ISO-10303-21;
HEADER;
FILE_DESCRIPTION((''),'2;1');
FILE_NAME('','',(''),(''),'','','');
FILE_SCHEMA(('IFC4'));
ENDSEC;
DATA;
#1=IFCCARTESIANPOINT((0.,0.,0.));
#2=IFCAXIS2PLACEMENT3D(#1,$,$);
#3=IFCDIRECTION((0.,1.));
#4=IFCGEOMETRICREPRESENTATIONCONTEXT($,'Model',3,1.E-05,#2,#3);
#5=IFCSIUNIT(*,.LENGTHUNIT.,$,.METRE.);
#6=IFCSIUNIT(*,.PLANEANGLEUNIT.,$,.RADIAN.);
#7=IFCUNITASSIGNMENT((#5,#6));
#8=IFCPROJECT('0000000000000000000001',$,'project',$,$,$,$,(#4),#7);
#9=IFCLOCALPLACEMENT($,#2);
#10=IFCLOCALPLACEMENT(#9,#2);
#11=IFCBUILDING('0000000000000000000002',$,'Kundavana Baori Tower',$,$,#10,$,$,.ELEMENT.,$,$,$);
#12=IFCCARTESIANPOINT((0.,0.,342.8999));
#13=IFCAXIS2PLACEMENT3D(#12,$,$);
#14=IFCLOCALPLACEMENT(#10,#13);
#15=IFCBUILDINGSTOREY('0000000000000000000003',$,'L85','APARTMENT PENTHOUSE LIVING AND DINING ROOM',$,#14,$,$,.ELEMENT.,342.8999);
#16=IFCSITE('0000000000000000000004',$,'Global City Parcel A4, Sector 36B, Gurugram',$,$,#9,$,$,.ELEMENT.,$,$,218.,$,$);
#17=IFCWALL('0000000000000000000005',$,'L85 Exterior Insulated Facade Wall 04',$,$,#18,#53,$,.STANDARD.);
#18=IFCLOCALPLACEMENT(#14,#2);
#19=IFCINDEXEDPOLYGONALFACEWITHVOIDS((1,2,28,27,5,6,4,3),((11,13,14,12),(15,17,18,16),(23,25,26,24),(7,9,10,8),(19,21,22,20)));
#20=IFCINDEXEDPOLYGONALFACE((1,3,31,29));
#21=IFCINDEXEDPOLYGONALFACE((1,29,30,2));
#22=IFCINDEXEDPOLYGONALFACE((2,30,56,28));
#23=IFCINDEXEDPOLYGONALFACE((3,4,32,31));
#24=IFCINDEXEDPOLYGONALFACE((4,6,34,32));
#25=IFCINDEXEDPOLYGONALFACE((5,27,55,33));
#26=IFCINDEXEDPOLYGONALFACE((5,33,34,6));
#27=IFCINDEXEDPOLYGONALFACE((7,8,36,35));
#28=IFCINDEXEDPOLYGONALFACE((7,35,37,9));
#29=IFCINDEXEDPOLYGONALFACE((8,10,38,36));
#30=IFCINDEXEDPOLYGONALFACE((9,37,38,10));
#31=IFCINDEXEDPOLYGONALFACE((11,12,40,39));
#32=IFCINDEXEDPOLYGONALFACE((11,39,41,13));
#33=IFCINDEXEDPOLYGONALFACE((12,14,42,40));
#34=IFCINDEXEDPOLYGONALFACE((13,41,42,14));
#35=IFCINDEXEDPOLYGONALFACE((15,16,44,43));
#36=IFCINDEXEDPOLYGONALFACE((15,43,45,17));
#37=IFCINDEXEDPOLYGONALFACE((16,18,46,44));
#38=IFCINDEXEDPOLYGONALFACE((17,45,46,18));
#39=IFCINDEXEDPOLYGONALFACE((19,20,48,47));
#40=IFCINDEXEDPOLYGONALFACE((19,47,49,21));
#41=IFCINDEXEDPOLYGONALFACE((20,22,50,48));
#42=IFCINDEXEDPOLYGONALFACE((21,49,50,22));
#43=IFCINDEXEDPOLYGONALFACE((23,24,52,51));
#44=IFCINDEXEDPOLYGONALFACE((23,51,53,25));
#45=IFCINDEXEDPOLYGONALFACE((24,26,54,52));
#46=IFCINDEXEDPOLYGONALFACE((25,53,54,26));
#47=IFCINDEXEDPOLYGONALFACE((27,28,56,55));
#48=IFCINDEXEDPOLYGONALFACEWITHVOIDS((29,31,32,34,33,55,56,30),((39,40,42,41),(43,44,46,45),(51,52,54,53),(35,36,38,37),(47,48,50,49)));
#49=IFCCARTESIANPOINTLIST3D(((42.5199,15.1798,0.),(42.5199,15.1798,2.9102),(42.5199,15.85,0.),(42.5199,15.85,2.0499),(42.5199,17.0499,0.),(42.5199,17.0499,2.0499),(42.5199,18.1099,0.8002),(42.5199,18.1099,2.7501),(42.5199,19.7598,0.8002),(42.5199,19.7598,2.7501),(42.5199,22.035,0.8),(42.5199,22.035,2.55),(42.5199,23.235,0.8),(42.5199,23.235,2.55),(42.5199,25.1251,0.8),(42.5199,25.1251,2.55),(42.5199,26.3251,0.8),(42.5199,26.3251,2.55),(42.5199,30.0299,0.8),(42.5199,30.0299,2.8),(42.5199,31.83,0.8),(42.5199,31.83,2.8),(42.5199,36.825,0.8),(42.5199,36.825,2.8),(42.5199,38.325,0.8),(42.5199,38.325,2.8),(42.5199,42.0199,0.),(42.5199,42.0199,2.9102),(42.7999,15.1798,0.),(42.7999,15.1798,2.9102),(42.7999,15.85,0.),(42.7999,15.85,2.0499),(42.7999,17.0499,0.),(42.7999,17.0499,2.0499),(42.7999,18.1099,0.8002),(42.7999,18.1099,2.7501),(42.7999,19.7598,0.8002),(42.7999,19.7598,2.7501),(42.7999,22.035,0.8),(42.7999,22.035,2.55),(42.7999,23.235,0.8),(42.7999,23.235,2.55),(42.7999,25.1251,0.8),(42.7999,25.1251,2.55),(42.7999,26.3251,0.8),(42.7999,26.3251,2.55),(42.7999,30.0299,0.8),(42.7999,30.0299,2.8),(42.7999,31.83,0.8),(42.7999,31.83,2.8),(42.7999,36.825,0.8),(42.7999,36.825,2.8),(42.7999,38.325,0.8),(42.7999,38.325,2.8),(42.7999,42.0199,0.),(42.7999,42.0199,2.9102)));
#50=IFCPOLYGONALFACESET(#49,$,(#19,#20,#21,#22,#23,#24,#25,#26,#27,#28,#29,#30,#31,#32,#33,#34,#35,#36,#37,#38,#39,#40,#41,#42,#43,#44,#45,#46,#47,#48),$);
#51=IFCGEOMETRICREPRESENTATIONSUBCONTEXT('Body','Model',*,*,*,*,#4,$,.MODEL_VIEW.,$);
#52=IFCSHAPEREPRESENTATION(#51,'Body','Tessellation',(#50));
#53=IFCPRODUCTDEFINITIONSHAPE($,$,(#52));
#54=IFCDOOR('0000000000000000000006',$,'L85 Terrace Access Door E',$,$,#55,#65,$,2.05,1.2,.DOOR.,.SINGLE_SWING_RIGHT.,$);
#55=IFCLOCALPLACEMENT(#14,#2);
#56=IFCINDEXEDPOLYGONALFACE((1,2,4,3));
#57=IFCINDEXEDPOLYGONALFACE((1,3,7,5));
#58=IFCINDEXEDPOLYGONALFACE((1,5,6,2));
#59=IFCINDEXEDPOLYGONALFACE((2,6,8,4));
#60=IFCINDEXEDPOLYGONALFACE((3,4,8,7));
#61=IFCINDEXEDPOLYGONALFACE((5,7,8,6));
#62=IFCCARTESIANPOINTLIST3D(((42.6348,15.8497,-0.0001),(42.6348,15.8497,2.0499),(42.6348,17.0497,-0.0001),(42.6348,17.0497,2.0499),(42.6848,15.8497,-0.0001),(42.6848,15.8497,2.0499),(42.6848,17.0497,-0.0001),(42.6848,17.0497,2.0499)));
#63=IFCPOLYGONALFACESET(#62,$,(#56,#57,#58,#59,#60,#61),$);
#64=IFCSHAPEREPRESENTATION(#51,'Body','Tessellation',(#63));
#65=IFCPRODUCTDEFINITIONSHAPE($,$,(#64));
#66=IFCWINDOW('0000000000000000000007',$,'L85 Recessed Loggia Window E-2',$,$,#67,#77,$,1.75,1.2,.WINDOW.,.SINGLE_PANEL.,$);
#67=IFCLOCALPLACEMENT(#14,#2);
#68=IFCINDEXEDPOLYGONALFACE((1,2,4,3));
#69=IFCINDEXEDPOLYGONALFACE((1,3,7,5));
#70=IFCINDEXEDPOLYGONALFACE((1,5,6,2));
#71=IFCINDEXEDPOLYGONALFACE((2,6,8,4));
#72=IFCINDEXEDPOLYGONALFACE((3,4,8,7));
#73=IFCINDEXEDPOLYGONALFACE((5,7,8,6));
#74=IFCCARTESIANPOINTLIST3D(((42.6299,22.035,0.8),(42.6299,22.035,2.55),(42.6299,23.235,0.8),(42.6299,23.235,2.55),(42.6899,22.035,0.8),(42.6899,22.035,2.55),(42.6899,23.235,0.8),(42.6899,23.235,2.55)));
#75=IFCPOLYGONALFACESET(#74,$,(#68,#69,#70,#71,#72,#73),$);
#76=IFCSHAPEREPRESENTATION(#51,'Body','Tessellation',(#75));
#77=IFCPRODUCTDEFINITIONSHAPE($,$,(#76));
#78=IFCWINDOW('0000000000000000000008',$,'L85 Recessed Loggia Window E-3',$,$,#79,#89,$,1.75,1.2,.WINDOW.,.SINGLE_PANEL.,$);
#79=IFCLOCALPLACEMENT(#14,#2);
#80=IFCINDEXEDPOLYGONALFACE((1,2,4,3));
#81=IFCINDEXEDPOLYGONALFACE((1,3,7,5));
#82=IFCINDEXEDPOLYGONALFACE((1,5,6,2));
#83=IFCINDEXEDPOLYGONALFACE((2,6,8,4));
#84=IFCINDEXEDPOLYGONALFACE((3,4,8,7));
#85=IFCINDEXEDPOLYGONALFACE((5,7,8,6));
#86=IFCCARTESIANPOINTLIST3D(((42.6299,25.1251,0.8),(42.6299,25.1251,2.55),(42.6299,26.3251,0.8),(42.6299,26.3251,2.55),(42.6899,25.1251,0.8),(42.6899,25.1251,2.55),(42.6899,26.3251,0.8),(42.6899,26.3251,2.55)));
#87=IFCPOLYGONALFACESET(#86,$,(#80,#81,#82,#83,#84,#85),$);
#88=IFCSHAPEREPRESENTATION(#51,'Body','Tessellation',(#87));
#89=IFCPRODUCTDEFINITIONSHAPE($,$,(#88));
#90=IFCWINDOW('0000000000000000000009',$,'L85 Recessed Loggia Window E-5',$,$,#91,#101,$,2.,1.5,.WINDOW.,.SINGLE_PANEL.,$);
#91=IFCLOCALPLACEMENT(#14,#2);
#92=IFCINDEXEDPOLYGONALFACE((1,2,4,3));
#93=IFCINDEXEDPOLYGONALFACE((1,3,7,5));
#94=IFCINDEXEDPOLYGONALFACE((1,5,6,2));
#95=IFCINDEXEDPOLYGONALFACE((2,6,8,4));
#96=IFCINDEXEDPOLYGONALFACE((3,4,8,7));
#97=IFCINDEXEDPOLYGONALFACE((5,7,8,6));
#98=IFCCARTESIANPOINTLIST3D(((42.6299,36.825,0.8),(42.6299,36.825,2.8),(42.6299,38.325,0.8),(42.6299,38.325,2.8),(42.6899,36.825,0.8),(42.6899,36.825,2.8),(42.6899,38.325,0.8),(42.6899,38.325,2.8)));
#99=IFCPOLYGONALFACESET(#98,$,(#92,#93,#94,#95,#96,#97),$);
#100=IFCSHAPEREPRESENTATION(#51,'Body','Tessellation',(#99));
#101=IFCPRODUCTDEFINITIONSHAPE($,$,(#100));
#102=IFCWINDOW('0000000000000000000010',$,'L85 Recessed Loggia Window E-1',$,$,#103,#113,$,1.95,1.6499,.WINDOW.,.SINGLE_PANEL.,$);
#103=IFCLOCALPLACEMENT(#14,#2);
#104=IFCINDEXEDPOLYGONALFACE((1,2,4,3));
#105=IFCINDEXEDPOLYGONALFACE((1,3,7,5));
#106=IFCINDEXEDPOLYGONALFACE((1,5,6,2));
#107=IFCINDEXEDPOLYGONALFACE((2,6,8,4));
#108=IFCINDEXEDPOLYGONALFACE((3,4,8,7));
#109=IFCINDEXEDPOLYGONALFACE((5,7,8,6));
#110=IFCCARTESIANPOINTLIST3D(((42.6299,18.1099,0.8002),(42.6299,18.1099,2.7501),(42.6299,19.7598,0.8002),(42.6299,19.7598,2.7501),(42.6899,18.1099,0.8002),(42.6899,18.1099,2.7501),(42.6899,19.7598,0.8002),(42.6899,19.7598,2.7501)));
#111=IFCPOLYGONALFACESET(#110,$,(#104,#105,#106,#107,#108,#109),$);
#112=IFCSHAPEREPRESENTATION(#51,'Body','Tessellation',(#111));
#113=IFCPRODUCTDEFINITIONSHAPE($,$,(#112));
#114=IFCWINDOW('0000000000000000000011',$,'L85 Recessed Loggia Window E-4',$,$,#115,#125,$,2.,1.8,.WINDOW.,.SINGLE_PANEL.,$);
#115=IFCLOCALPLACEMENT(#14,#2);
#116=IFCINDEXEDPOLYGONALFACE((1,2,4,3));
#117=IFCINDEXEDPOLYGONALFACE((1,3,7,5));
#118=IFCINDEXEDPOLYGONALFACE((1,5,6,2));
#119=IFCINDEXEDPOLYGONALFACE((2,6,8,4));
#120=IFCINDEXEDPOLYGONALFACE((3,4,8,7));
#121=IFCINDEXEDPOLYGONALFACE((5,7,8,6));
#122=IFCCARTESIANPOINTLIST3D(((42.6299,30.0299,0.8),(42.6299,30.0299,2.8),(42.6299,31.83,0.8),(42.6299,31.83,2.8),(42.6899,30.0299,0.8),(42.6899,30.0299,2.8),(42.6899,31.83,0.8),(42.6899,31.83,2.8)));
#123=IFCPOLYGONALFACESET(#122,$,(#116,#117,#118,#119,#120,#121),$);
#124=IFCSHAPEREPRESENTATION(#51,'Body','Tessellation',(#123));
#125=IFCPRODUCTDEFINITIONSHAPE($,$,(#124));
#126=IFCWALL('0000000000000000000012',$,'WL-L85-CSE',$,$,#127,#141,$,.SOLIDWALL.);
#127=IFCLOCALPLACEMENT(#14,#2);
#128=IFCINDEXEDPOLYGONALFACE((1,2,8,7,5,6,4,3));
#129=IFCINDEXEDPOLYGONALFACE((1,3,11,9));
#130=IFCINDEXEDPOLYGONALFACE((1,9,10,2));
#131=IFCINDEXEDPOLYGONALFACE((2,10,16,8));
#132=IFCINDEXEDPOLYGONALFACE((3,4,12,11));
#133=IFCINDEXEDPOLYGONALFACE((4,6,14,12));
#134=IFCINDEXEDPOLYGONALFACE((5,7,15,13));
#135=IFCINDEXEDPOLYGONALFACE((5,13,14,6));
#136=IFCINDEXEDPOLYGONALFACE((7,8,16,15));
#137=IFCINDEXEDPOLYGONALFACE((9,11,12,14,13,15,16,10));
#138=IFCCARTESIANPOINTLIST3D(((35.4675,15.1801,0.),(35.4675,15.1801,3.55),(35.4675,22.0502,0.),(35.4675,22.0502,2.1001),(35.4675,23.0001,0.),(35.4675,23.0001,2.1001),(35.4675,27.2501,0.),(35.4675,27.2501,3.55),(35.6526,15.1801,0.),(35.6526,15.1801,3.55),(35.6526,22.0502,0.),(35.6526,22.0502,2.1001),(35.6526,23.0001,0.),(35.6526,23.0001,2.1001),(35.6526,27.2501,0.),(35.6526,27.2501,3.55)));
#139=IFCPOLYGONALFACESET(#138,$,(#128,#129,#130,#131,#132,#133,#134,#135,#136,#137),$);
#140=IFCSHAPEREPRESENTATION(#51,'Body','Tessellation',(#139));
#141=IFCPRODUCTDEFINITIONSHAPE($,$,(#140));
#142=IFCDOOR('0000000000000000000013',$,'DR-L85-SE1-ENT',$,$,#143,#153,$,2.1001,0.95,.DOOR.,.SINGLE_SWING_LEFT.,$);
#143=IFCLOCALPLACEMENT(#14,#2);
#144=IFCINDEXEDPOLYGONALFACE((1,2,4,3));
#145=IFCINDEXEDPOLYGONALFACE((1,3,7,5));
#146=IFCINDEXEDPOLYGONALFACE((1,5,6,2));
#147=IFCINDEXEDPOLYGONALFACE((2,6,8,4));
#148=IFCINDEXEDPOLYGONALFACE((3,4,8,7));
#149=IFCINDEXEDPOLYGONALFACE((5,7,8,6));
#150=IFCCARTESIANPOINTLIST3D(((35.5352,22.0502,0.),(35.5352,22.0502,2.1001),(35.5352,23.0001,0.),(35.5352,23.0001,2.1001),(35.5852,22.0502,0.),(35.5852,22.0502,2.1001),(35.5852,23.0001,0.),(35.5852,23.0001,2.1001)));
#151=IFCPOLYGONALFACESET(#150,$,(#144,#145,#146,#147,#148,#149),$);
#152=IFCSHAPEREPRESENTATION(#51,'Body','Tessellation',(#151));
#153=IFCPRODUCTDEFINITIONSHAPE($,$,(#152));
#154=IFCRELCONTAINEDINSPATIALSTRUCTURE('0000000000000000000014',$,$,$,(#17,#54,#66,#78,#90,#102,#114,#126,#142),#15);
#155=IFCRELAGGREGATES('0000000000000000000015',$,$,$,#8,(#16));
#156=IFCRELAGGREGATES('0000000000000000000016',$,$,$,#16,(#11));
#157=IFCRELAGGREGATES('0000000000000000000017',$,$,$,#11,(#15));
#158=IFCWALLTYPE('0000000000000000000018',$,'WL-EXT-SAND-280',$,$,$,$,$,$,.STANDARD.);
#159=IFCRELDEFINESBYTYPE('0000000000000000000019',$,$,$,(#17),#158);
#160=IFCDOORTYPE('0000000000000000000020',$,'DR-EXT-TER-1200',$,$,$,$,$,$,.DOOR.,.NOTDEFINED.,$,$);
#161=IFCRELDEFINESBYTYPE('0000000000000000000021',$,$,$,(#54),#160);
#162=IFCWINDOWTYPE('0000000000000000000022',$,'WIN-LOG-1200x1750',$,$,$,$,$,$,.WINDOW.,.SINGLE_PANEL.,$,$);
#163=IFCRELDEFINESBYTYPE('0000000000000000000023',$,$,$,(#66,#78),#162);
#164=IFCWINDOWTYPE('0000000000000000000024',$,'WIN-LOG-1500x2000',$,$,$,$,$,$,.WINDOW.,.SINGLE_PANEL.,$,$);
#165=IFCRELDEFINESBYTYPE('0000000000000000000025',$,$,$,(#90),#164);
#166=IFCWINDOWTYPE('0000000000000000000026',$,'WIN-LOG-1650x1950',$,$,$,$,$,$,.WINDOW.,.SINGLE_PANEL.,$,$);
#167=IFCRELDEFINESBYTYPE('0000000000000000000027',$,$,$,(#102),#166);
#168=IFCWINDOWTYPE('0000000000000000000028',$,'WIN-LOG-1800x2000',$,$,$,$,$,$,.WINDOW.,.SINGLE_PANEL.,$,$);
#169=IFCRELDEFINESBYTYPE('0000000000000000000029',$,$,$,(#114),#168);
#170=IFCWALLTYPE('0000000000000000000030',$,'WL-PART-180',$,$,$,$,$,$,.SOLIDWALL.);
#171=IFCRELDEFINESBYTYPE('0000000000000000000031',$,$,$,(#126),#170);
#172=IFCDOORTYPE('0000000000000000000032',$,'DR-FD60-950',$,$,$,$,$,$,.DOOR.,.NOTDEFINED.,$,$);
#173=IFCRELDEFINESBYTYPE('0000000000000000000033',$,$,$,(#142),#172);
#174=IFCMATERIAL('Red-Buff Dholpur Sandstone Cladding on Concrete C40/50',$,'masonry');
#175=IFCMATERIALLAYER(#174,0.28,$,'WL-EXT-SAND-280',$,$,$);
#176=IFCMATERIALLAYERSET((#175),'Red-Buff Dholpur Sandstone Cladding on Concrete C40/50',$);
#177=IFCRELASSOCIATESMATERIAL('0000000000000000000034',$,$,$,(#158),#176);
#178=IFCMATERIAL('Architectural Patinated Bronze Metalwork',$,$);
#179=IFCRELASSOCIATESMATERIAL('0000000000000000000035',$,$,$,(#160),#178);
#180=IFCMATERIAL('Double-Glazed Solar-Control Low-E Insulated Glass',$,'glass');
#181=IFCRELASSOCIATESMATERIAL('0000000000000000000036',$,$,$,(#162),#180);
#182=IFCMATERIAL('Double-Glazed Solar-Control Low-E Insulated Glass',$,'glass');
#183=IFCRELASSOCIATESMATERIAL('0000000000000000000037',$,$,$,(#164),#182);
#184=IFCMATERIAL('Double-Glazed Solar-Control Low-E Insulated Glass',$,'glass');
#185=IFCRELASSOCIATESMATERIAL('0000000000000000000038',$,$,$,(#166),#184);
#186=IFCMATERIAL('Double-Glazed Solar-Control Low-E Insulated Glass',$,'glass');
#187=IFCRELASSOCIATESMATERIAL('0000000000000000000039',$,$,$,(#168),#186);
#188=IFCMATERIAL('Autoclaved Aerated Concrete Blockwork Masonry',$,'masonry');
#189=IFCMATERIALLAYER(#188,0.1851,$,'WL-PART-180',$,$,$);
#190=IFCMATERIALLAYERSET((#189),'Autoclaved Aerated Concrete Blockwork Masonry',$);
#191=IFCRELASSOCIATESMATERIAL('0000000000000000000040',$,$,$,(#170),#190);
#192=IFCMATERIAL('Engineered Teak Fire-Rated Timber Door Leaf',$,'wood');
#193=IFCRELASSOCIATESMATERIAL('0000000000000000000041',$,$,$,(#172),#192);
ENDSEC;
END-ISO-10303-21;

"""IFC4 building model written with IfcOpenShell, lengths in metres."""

from ifc_helpers import new_model, si_unit, direction, frame, frame_2d, origin, place, context, subcontext, project, spatial, rectangle, extrude, material, layer, layer_set, type_object, element, fill, save


model = new_model("IFC4")

# Units and contexts
model_context = context("Model", 3, precision=1e-05, world=origin(), true_north=direction((0.0, 1.0)))
body_context = subcontext(model_context, "Body", "Model", "MODEL_VIEW")
ifc_project = project(units=[si_unit("LENGTHUNIT", "METRE"), si_unit("PLANEANGLEUNIT", "RADIAN")], contexts=[model_context])

# Site, building, storey
site_placement = place(None, origin())
site = spatial("IfcSite", under=ifc_project, at=site_placement, Name="Global City Parcel A4, Sector 36B, Gurugram", CompositionType="ELEMENT", RefElevation=218.0)
building_placement = place(site_placement, origin())
building = spatial("IfcBuilding", under=site, at=building_placement, Name="Kundavana Baori Tower", CompositionType="ELEMENT")
storey_placement = place(building_placement, frame((0.0, 0.0, 342.8999)))
storey = spatial("IfcBuildingStorey", under=building, at=storey_placement, Name="L85", Description="APARTMENT PENTHOUSE LIVING AND DINING ROOM", CompositionType="ELEMENT", Elevation=342.8999)

# Shared definitions
ifc_material_1 = material(Name="Red-Buff Dholpur Sandstone Cladding on Concrete C40/50", Category="masonry")
ifc_layer_1 = layer(ifc_material_1, 0.28, Name="WL-EXT-SAND-280")
ifc_layer_set_1 = layer_set([ifc_layer_1], Name="Red-Buff Dholpur Sandstone Cladding on Concrete C40/50")
wall_type_1 = type_object("IfcWallType", Name="WL-EXT-SAND-280", PredefinedType="STANDARD", material=ifc_layer_set_1)

# Wall, openings, door, windows
wall_1_placement = place(storey_placement, frame((42.6599, 15.1799, 0.0), z_axis=(0.0, 0.0, 1.0), x_axis=(0.0, 1.0, 0.0)))
wall_1 = element("IfcWall", 1, at=wall_1_placement, inside=storey, type_object=wall_type_1, Name="L85 Exterior Insulated Facade Wall 04", PredefinedType="STANDARD", context=body_context, shape_type="SweptSolid", body=[
    extrude(rectangle(XDim=26.8401, YDim=0.28, at=frame_2d((13.4199, 0.0))), origin(), (0.0, 0.0, 1.0), 2.9102),
])
opening_1_placement = place(wall_1_placement, frame((0.6699, 0.0, 0.0)))
opening_1 = element("IfcOpeningElement", 2, at=opening_1_placement, cuts=wall_1, PredefinedType="OPENING", context=body_context, shape_type="SweptSolid", body=[
    extrude(rectangle(XDim=1.2, YDim=2.05, at=frame_2d((0.6001, 1.0249))), frame((0.0, 0.1499, 0.0), z_axis=(0.0, -1.0, 0.0), x_axis=(1.0, 0.0, 0.0)), (0.0, 0.0, 1.0), 0.3),
])
opening_2_placement = place(wall_1_placement, frame((2.9299, 0.0, 0.8)))
opening_2 = element("IfcOpeningElement", 3, at=opening_2_placement, cuts=wall_1, PredefinedType="OPENING", context=body_context, shape_type="SweptSolid", body=[
    extrude(rectangle(XDim=1.6499, YDim=1.95, at=frame_2d((0.825, 0.9751))), frame((0.0, 0.1499, 0.0), z_axis=(0.0, -1.0, 0.0), x_axis=(1.0, 0.0, 0.0)), (0.0, 0.0, 1.0), 0.3),
])
opening_3_placement = place(wall_1_placement, frame((6.855, 0.0, 0.8)))
opening_3 = element("IfcOpeningElement", 4, at=opening_3_placement, cuts=wall_1, PredefinedType="OPENING", context=body_context, shape_type="SweptSolid", body=[
    extrude(rectangle(XDim=1.2, YDim=1.75, at=frame_2d((0.6001, 0.875))), frame((0.0, 0.1499, 0.0), z_axis=(0.0, -1.0, 0.0), x_axis=(1.0, 0.0, 0.0)), (0.0, 0.0, 1.0), 0.3),
])
opening_4_placement = place(wall_1_placement, frame((9.9451, 0.0, 0.8)))
opening_4 = element("IfcOpeningElement", 5, at=opening_4_placement, cuts=wall_1, PredefinedType="OPENING", context=body_context, shape_type="SweptSolid", body=[
    extrude(rectangle(XDim=1.2, YDim=1.75, at=frame_2d((0.6001, 0.875))), frame((0.0, 0.1499, 0.0), z_axis=(0.0, -1.0, 0.0), x_axis=(1.0, 0.0, 0.0)), (0.0, 0.0, 1.0), 0.3),
])
opening_5_placement = place(wall_1_placement, frame((14.8501, 0.0, 0.8)))
opening_5 = element("IfcOpeningElement", 6, at=opening_5_placement, cuts=wall_1, PredefinedType="OPENING", context=body_context, shape_type="SweptSolid", body=[
    extrude(rectangle(XDim=1.8, YDim=2.0, at=frame_2d((0.8999, 1.0))), frame((0.0, 0.1499, 0.0), z_axis=(0.0, -1.0, 0.0), x_axis=(1.0, 0.0, 0.0)), (0.0, 0.0, 1.0), 0.3),
])
opening_6_placement = place(wall_1_placement, frame((21.645, 0.0, 0.8)))
opening_6 = element("IfcOpeningElement", 7, at=opening_6_placement, cuts=wall_1, PredefinedType="OPENING", context=body_context, shape_type="SweptSolid", body=[
    extrude(rectangle(XDim=1.5, YDim=2.0, at=frame_2d((0.75, 1.0))), frame((0.0, 0.1499, 0.0), z_axis=(0.0, -1.0, 0.0), x_axis=(1.0, 0.0, 0.0)), (0.0, 0.0, 1.0), 0.3),
])
ifc_material_2 = material(Name="Architectural Patinated Bronze Metalwork")
door_type_1 = type_object("IfcDoorType", Name="DR-EXT-TER-1200", OperationType="NOTDEFINED", PredefinedType="DOOR", material=ifc_material_2)
door_1_placement = place(opening_1_placement, frame((1.2, 0.0, 0.0), z_axis=(0.0, 0.0, 1.0), x_axis=(-1.0, 0.0, 0.0)))
door_1 = element("IfcDoor", 8, at=door_1_placement, inside=storey, type_object=door_type_1, Name="L85 Terrace Access Door E", OperationType="SINGLE_SWING_RIGHT", OverallHeight=2.05, OverallWidth=1.2, PredefinedType="DOOR", context=body_context, shape_type="SweptSolid", body=[
    extrude(rectangle(XDim=1.2, YDim=2.05, at=frame_2d((0.6001, 1.0249))), frame((0.0, 0.0249, 0.0), z_axis=(0.0, -1.0, 0.0), x_axis=(1.0, 0.0, 0.0)), (0.0, 0.0, 1.0), 0.05),
])
fill(opening_1, door_1)
ifc_material_3 = material(Name="Double-Glazed Solar-Control Low-E Insulated Glass", Category="glass")
window_type_1 = type_object("IfcWindowType", Name="WIN-LOG-1200x1750", PartitioningType="SINGLE_PANEL", PredefinedType="WINDOW", material=ifc_material_3)
window_1_placement = place(opening_3_placement, origin())
window_1 = element("IfcWindow", 9, at=window_1_placement, inside=storey, type_object=window_type_1, Name="L85 Recessed Loggia Window E-2", OverallHeight=1.75, OverallWidth=1.2, PartitioningType="SINGLE_PANEL", PredefinedType="WINDOW", context=body_context, shape_type="SweptSolid", body=[
    extrude(rectangle(XDim=1.2, YDim=1.75, at=frame_2d((0.6001, 0.875))), frame((0.0, 0.03, 0.0), z_axis=(0.0, -1.0, 0.0), x_axis=(1.0, 0.0, 0.0)), (0.0, 0.0, 1.0), 0.0601),
])
fill(opening_3, window_1)
window_2_placement = place(opening_4_placement, origin())
window_2 = element("IfcWindow", 10, at=window_2_placement, inside=storey, type_object=window_type_1, Name="L85 Recessed Loggia Window E-3", OverallHeight=1.75, OverallWidth=1.2, PartitioningType="SINGLE_PANEL", PredefinedType="WINDOW", context=body_context, shape_type="SweptSolid", body=[
    extrude(rectangle(XDim=1.2, YDim=1.75, at=frame_2d((0.6001, 0.875))), frame((0.0, 0.03, 0.0), z_axis=(0.0, -1.0, 0.0), x_axis=(1.0, 0.0, 0.0)), (0.0, 0.0, 1.0), 0.0601),
])
fill(opening_4, window_2)
ifc_material_4 = material(Name="Double-Glazed Solar-Control Low-E Insulated Glass", Category="glass")
window_type_2 = type_object("IfcWindowType", Name="WIN-LOG-1500x2000", PartitioningType="SINGLE_PANEL", PredefinedType="WINDOW", material=ifc_material_4)
window_3_placement = place(opening_6_placement, origin())
window_3 = element("IfcWindow", 11, at=window_3_placement, inside=storey, type_object=window_type_2, Name="L85 Recessed Loggia Window E-5", OverallHeight=2.0, OverallWidth=1.5, PartitioningType="SINGLE_PANEL", PredefinedType="WINDOW", context=body_context, shape_type="SweptSolid", body=[
    extrude(rectangle(XDim=1.5, YDim=2.0, at=frame_2d((0.75, 1.0))), frame((0.0, 0.03, 0.0), z_axis=(0.0, -1.0, 0.0), x_axis=(1.0, 0.0, 0.0)), (0.0, 0.0, 1.0), 0.0601),
])
fill(opening_6, window_3)
ifc_material_5 = material(Name="Double-Glazed Solar-Control Low-E Insulated Glass", Category="glass")
window_type_3 = type_object("IfcWindowType", Name="WIN-LOG-1650x1950", PartitioningType="SINGLE_PANEL", PredefinedType="WINDOW", material=ifc_material_5)
window_4_placement = place(opening_2_placement, origin())
window_4 = element("IfcWindow", 12, at=window_4_placement, inside=storey, type_object=window_type_3, Name="L85 Recessed Loggia Window E-1", OverallHeight=1.95, OverallWidth=1.6499, PartitioningType="SINGLE_PANEL", PredefinedType="WINDOW", context=body_context, shape_type="SweptSolid", body=[
    extrude(rectangle(XDim=1.6499, YDim=1.95, at=frame_2d((0.825, 0.9751))), frame((0.0, 0.03, 0.0), z_axis=(0.0, -1.0, 0.0), x_axis=(1.0, 0.0, 0.0)), (0.0, 0.0, 1.0), 0.0601),
])
fill(opening_2, window_4)
ifc_material_6 = material(Name="Double-Glazed Solar-Control Low-E Insulated Glass", Category="glass")
window_type_4 = type_object("IfcWindowType", Name="WIN-LOG-1800x2000", PartitioningType="SINGLE_PANEL", PredefinedType="WINDOW", material=ifc_material_6)
window_5_placement = place(opening_5_placement, origin())
window_5 = element("IfcWindow", 13, at=window_5_placement, inside=storey, type_object=window_type_4, Name="L85 Recessed Loggia Window E-4", OverallHeight=2.0, OverallWidth=1.8, PartitioningType="SINGLE_PANEL", PredefinedType="WINDOW", context=body_context, shape_type="SweptSolid", body=[
    extrude(rectangle(XDim=1.8, YDim=2.0, at=frame_2d((0.8999, 1.0))), frame((0.0, 0.03, 0.0), z_axis=(0.0, -1.0, 0.0), x_axis=(1.0, 0.0, 0.0)), (0.0, 0.0, 1.0), 0.0601),
])
fill(opening_5, window_5)

# Wall, opening, door
ifc_material_7 = material(Name="Autoclaved Aerated Concrete Blockwork Masonry", Category="masonry")
ifc_layer_2 = layer(ifc_material_7, 0.1851, Name="WL-PART-180")
ifc_layer_set_2 = layer_set([ifc_layer_2], Name="Autoclaved Aerated Concrete Blockwork Masonry")
wall_type_2 = type_object("IfcWallType", Name="WL-PART-180", PredefinedType="SOLIDWALL", material=ifc_layer_set_2)
wall_2_placement = place(storey_placement, frame((35.5601, 15.1799, 0.0), z_axis=(0.0, 0.0, 1.0), x_axis=(0.0, 1.0, 0.0)))
wall_2 = element("IfcWall", 14, at=wall_2_placement, inside=storey, type_object=wall_type_2, Name="WL-L85-CSE", PredefinedType="SOLIDWALL", context=body_context, shape_type="SweptSolid", body=[
    extrude(rectangle(XDim=12.0701, YDim=0.1851, at=frame_2d((6.0352, 0.0))), origin(), (0.0, 0.0, 1.0), 3.55),
])
opening_7_placement = place(wall_2_placement, frame((6.8701, 0.0, 0.0)))
opening_7 = element("IfcOpeningElement", 15, at=opening_7_placement, cuts=wall_2, PredefinedType="OPENING", context=body_context, shape_type="SweptSolid", body=[
    extrude(rectangle(XDim=0.95, YDim=2.1001, at=frame_2d((0.4751, 1.05))), frame((0.0, 0.1025, 0.0), z_axis=(0.0, -1.0, 0.0), x_axis=(1.0, 0.0, 0.0)), (0.0, 0.0, 1.0), 0.2051),
])
ifc_material_8 = material(Name="Engineered Teak Fire-Rated Timber Door Leaf", Category="wood")
door_type_2 = type_object("IfcDoorType", Name="DR-FD60-950", OperationType="NOTDEFINED", PredefinedType="DOOR", material=ifc_material_8)
door_2_placement = place(opening_7_placement, origin())
door_2 = element("IfcDoor", 16, at=door_2_placement, inside=storey, type_object=door_type_2, Name="DR-L85-SE1-ENT", OperationType="SINGLE_SWING_LEFT", OverallHeight=2.1001, OverallWidth=0.95, PredefinedType="DOOR", context=body_context, shape_type="SweptSolid", body=[
    extrude(rectangle(XDim=0.95, YDim=2.1001, at=frame_2d((0.4751, 1.05))), frame((0.0, 0.0249, 0.0), z_axis=(0.0, -1.0, 0.0), x_axis=(1.0, 0.0, 0.0)), (0.0, 0.0, 1.0), 0.05),
])
fill(opening_7, door_2)

save(model, "model.ifc")
